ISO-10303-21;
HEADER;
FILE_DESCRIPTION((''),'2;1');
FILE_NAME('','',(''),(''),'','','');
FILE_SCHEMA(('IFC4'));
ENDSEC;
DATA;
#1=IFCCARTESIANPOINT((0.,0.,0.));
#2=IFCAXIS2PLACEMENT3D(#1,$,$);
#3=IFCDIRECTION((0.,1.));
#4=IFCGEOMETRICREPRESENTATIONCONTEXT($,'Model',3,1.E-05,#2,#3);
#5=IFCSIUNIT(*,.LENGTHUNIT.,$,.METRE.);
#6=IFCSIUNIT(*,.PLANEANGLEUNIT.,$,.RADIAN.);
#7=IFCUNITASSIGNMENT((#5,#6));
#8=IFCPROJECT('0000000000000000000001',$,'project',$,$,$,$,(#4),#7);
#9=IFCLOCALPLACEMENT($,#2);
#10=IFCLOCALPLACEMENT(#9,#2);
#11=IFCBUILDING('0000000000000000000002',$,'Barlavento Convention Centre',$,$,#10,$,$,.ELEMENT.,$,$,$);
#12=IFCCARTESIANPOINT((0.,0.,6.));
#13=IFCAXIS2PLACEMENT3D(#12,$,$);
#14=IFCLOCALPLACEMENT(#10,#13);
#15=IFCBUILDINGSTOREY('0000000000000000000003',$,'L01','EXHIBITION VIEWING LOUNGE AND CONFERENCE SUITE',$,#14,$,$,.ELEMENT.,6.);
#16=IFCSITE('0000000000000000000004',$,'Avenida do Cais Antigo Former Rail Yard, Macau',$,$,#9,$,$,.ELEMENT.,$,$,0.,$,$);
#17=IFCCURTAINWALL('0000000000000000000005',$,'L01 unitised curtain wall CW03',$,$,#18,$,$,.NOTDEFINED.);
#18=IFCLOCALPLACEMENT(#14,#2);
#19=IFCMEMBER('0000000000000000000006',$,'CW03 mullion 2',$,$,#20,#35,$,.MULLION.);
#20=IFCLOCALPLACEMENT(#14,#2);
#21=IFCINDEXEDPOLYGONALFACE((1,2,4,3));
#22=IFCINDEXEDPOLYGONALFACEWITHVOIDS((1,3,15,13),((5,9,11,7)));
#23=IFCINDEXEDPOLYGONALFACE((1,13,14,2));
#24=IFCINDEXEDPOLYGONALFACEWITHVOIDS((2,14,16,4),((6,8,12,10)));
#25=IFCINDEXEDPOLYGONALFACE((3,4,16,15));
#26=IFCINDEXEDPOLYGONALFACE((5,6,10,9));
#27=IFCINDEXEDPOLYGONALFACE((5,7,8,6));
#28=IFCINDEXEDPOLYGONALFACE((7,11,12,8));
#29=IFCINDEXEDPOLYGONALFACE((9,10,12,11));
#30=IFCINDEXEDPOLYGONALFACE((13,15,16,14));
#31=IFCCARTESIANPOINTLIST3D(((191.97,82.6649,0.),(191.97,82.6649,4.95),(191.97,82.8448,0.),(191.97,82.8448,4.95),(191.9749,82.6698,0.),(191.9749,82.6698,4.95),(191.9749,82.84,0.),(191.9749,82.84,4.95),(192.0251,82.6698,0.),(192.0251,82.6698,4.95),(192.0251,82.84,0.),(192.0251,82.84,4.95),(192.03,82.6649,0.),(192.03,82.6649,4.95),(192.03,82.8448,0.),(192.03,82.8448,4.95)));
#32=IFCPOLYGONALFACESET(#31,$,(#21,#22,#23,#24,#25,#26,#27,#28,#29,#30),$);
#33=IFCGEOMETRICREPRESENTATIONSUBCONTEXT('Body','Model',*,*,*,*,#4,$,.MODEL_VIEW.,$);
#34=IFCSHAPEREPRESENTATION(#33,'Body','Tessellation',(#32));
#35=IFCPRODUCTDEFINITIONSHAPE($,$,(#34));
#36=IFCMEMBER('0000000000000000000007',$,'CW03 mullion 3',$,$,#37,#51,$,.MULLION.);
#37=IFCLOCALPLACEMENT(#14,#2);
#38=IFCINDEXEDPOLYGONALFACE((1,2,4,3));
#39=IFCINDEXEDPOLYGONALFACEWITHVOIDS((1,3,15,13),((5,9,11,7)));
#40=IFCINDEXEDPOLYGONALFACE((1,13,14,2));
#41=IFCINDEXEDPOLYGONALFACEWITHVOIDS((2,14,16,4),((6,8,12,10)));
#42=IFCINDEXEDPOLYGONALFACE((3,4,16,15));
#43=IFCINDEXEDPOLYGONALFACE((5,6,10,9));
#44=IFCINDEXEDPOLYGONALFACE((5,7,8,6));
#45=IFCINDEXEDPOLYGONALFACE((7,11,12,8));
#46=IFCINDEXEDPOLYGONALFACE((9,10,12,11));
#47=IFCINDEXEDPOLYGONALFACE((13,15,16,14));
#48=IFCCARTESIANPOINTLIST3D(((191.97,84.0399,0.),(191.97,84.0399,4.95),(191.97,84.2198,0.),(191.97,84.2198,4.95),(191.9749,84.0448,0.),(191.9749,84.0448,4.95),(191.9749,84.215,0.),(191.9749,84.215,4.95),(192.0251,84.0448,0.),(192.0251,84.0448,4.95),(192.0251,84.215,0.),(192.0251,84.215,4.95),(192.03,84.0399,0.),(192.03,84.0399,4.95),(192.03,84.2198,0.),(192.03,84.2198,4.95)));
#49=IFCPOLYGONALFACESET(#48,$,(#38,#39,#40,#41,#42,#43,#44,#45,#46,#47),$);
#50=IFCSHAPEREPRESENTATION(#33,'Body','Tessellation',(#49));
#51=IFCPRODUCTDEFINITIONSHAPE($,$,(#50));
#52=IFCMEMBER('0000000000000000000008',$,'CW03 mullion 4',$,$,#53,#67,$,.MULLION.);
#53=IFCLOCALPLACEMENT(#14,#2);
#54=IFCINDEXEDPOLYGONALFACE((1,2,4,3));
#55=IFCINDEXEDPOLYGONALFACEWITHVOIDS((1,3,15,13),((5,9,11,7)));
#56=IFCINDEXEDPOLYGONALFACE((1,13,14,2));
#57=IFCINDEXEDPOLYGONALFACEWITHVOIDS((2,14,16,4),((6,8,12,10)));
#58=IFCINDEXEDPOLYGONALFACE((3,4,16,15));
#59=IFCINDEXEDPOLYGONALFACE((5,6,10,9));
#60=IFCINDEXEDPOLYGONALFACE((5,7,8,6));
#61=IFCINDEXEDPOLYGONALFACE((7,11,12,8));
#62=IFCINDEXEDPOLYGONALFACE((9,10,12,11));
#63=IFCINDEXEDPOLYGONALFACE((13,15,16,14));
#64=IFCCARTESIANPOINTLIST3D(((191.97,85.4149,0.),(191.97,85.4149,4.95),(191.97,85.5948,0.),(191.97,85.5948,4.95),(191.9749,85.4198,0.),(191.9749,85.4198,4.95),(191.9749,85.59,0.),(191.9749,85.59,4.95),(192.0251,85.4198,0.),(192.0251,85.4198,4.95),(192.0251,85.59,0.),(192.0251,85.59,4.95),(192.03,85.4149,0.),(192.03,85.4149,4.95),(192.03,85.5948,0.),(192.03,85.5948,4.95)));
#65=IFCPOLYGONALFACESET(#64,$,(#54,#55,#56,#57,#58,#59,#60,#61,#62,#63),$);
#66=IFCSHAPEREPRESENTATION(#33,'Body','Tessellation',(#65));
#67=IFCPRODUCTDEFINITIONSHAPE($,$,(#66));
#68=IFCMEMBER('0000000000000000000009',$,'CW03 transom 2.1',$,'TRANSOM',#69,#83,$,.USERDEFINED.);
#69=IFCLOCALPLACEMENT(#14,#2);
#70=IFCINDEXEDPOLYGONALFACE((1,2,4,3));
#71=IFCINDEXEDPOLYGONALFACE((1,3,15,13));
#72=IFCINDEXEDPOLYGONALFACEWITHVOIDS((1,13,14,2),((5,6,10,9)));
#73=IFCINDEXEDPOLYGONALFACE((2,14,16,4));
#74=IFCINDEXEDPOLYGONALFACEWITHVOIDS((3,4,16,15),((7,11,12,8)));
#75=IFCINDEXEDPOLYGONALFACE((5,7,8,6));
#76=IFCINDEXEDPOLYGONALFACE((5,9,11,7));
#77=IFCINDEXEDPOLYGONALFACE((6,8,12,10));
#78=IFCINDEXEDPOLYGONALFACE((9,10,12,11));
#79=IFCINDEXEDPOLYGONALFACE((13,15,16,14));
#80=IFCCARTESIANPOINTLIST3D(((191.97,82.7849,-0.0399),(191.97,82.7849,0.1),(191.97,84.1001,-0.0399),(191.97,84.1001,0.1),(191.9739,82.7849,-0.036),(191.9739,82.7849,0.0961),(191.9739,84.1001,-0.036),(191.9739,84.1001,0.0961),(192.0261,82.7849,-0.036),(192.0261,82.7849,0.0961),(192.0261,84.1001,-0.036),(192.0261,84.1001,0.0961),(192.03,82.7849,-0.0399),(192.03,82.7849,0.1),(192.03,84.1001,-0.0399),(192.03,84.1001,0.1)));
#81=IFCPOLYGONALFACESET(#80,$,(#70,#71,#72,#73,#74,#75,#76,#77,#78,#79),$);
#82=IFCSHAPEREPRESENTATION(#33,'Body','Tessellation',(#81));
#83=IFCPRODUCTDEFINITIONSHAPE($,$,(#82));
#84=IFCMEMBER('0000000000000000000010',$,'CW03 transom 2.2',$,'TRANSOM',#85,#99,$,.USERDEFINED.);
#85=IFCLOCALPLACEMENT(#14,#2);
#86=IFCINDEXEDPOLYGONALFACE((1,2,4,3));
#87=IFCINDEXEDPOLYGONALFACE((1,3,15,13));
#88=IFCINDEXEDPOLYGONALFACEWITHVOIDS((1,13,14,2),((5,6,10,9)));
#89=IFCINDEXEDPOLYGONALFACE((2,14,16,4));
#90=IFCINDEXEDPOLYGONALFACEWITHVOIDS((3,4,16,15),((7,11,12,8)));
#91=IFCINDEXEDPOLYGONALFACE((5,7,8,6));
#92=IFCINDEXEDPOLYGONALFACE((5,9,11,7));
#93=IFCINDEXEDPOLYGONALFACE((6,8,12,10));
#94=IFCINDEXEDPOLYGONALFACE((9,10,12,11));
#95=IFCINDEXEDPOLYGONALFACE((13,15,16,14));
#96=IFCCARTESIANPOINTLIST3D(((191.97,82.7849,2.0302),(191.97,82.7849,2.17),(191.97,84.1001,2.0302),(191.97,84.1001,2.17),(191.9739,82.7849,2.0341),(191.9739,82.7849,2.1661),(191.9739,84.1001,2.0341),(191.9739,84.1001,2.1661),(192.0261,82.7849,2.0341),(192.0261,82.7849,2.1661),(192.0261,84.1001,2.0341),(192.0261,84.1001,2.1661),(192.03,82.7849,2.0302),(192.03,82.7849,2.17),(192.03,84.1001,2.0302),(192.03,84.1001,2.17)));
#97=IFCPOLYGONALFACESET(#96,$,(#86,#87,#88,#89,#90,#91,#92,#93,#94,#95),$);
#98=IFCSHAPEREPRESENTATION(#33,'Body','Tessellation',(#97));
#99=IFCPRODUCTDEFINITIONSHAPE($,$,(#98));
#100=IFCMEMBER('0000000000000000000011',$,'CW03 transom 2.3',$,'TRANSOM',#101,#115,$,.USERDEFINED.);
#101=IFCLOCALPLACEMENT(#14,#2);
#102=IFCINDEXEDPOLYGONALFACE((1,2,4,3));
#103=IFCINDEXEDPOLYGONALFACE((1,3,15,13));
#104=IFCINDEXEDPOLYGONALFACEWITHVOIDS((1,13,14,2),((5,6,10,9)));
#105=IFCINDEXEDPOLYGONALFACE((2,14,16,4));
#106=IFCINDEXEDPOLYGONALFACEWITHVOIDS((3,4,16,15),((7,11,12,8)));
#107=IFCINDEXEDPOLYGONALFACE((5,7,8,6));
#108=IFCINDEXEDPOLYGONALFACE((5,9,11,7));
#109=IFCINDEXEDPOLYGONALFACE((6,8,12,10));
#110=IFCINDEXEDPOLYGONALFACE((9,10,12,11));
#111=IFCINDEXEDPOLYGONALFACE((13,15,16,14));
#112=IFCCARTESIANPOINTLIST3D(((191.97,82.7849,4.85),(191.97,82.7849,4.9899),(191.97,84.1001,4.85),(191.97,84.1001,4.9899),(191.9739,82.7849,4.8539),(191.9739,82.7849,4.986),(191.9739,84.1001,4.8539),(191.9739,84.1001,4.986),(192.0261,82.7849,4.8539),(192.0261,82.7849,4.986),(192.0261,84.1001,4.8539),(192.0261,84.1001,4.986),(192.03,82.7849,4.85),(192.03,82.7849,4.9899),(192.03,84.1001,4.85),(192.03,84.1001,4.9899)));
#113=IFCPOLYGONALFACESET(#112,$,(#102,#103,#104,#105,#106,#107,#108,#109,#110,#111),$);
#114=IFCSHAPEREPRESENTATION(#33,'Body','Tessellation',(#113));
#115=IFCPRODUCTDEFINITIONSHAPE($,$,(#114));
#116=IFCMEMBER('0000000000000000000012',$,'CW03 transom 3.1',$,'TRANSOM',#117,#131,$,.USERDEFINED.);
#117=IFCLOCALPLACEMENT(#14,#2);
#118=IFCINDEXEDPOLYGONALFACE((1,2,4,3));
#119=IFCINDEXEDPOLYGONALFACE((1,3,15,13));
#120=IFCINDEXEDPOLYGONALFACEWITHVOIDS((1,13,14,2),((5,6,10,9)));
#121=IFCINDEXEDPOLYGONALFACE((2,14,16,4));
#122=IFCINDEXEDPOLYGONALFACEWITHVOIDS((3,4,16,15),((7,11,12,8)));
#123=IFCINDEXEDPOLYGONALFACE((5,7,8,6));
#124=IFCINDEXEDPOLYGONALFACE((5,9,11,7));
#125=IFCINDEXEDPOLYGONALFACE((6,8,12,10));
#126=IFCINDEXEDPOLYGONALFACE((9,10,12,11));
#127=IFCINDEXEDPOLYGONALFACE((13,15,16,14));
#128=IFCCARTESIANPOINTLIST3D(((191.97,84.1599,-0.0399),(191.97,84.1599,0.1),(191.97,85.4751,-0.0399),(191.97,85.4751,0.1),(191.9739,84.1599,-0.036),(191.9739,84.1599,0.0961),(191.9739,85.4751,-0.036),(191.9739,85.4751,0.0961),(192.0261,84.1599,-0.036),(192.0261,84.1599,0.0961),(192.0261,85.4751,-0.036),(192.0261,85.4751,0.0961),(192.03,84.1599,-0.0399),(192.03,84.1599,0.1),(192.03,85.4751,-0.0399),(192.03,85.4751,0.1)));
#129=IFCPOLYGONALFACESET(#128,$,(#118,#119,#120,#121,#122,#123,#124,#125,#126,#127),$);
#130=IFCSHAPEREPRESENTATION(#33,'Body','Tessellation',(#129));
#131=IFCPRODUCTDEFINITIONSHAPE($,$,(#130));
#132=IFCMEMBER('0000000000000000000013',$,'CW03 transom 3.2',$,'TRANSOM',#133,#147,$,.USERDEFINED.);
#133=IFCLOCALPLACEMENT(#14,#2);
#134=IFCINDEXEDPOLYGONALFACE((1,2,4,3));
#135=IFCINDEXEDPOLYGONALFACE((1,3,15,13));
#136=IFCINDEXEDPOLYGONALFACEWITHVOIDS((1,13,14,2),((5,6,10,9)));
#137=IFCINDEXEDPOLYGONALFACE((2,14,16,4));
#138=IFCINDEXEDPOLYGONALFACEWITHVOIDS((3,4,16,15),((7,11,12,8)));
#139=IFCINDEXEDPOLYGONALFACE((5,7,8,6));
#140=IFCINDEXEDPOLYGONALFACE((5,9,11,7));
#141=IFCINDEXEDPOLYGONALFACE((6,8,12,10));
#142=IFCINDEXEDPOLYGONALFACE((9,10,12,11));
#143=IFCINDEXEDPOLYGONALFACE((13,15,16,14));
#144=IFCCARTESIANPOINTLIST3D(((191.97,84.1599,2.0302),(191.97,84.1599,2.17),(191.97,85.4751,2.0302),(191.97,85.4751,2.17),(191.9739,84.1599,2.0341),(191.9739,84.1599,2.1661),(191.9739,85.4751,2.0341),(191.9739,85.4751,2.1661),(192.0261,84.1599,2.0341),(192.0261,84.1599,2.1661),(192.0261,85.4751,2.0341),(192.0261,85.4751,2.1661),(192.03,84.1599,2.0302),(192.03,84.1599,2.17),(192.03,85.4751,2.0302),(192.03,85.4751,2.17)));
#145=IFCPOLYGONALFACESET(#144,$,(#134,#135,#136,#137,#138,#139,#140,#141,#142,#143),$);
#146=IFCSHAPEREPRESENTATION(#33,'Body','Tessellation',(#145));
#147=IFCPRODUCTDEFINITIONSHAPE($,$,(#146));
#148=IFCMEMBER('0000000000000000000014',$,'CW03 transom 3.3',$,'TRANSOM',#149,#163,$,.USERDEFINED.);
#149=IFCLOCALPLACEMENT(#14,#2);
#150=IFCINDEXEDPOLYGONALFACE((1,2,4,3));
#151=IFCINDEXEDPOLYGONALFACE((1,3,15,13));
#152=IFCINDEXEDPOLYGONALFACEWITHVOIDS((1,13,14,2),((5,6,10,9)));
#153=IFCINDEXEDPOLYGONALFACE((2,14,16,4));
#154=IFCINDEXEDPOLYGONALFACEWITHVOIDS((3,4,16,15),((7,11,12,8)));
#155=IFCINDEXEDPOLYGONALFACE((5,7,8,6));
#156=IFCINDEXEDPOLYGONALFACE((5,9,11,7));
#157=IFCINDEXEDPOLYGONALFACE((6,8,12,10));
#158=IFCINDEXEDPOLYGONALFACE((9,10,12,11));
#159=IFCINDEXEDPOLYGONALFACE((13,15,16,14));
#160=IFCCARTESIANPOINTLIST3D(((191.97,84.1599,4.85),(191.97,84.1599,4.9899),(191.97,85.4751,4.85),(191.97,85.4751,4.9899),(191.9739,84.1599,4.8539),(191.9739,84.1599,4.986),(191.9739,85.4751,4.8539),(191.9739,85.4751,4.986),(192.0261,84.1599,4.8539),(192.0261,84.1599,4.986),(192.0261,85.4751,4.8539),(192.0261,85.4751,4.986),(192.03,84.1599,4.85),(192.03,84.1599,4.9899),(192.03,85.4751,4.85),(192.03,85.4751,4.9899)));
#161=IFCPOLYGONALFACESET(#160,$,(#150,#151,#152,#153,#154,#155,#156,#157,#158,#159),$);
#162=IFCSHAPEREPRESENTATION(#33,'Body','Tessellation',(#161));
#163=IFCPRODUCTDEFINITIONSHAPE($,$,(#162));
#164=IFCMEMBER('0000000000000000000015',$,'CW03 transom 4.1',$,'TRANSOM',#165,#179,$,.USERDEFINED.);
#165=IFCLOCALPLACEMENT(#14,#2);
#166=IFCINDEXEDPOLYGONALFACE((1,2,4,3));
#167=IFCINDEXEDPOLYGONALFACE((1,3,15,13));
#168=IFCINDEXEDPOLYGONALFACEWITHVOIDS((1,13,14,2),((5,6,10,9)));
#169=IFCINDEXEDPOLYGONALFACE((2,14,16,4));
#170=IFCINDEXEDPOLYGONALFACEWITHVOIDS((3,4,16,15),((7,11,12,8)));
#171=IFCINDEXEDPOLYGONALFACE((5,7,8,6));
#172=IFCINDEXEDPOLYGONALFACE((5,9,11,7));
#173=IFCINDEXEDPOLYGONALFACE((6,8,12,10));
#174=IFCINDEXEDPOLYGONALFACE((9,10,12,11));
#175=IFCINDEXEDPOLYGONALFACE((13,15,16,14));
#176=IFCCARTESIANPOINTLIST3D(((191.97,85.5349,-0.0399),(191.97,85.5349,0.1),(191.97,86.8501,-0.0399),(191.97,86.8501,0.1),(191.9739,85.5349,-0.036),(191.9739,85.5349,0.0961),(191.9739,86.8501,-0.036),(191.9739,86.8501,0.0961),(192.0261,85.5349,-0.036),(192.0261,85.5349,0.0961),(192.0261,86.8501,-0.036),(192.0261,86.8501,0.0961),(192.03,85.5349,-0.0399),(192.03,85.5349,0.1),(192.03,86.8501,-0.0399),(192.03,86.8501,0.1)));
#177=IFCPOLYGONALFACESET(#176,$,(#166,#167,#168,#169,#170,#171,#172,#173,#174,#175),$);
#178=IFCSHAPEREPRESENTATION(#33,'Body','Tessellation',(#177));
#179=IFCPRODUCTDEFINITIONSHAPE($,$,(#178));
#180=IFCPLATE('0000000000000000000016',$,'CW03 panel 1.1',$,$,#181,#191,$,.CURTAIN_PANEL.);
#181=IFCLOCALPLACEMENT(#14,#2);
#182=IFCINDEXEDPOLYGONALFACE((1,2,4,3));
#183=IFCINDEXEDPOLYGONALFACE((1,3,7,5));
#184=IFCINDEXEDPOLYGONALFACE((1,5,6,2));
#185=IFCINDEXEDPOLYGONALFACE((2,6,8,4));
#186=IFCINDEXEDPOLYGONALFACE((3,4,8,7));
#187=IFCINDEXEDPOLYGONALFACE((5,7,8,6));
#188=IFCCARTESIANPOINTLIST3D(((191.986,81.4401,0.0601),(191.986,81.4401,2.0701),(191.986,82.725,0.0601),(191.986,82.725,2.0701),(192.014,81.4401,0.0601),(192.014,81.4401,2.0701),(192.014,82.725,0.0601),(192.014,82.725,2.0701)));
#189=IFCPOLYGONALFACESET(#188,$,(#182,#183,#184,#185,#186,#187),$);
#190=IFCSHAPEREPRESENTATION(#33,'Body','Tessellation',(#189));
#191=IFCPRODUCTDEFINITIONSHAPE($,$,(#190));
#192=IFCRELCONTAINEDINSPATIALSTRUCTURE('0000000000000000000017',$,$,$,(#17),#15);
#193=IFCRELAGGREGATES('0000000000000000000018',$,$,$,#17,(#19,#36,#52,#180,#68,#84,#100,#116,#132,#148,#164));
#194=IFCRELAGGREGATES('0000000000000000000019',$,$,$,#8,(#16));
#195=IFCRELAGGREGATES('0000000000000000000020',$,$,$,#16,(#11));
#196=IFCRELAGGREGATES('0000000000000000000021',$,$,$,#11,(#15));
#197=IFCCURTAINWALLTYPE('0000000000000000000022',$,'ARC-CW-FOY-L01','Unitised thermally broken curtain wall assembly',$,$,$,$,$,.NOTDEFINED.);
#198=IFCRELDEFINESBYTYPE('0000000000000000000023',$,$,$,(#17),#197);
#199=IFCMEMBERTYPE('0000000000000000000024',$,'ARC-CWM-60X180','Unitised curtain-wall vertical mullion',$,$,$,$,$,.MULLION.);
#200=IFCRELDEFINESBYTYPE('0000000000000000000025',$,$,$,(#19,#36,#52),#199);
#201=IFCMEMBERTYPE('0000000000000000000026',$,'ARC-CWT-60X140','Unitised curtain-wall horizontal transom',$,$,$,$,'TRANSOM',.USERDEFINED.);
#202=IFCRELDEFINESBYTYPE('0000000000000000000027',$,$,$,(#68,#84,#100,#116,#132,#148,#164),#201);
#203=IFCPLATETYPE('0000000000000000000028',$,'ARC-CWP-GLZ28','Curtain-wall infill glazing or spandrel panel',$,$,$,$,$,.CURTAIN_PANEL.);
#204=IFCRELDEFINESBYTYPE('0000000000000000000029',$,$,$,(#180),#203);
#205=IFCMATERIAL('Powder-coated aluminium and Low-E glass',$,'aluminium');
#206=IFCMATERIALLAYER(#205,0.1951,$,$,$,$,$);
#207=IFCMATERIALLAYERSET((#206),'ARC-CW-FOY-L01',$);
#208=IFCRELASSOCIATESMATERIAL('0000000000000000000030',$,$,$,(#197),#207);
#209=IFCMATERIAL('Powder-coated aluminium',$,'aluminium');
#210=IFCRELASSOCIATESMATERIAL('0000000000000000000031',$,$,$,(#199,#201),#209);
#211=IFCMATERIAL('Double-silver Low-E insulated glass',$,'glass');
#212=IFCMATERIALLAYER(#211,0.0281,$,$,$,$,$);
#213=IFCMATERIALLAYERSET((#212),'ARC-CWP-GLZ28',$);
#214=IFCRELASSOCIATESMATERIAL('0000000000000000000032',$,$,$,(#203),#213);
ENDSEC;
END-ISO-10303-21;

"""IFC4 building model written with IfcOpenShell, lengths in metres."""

from ifc_helpers import new_model, si_unit, direction, frame, origin, origin_2d, place, context, subcontext, project, spatial, rectangle, hollow_rectangle, extrude, material, layer, layer_set, material_profile, profile_set, type_object, element, aggregate, save


model = new_model("IFC4")

# Units and contexts
model_context = context("Model", 3, precision=1e-05, world=origin(), true_north=direction((0.0, 1.0)))
body_context = subcontext(model_context, "Body", "Model", "MODEL_VIEW")
ifc_project = project(units=[si_unit("LENGTHUNIT", "METRE"), si_unit("PLANEANGLEUNIT", "RADIAN")], contexts=[model_context])

# Site, building, storey
site_placement = place(None, origin())
site = spatial("IfcSite", under=ifc_project, at=site_placement, Name="Avenida do Cais Antigo Former Rail Yard, Macau", CompositionType="ELEMENT", RefElevation=0.0)
building_placement = place(site_placement, origin())
building = spatial("IfcBuilding", under=site, at=building_placement, Name="Barlavento Convention Centre", CompositionType="ELEMENT")
storey_placement = place(building_placement, frame((0.0, 0.0, 6.0)))
storey = spatial("IfcBuildingStorey", under=building, at=storey_placement, Name="L01", Description="EXHIBITION VIEWING LOUNGE AND CONFERENCE SUITE", CompositionType="ELEMENT", Elevation=6.0)

# Curtain wall, members, plate
ifc_material_1 = material(Name="Powder-coated aluminium and Low-E glass", Category="aluminium")
ifc_layer_1 = layer(ifc_material_1, 0.1951)
ifc_layer_set_1 = layer_set([ifc_layer_1], Name="ARC-CW-FOY-L01")
curtain_wall_type = type_object("IfcCurtainWallType", Name="ARC-CW-FOY-L01", Description="Unitised thermally broken curtain wall assembly", PredefinedType="NOTDEFINED", material=ifc_layer_set_1)
curtain_wall_placement = place(storey_placement, origin())
curtain_wall = element("IfcCurtainWall", 1, at=curtain_wall_placement, inside=storey, type_object=curtain_wall_type, Name="L01 unitised curtain wall CW03", PredefinedType="NOTDEFINED")
ifc_material_2 = material(Name="Powder-coated aluminium", Category="aluminium")
ifc_material_profile_1 = material_profile(ifc_material_2, hollow_rectangle(XDim=0.0601, YDim=0.1799, WallThickness=0.0049, at=origin_2d()), Name="AL-MULL 60x180x5")
ifc_profile_set_1 = profile_set([ifc_material_profile_1], Name="Powder-coated aluminium")
member_type_1 = type_object("IfcMemberType", Name="ARC-CWM-60X180", Description="Unitised curtain-wall vertical mullion", PredefinedType="MULLION", material=ifc_profile_set_1)
member_1_placement = place(storey_placement, frame((192.0, 82.7549, 0.0), z_axis=(0.0, 0.0, 1.0), x_axis=(-1.0, 0.0, 0.0)))
member_1 = element("IfcMember", 2, at=member_1_placement, type_object=member_type_1, Name="CW03 mullion 2", PredefinedType="MULLION", context=body_context, shape_type="SweptSolid", body=[
    extrude(hollow_rectangle(XDim=0.0601, YDim=0.1799, WallThickness=0.0049, at=origin_2d()), origin(), (0.0, 0.0, 1.0), 4.95),
])
member_2_placement = place(storey_placement, frame((192.0, 84.1299, 0.0), z_axis=(0.0, 0.0, 1.0), x_axis=(-1.0, 0.0, 0.0)))
member_2 = element("IfcMember", 3, at=member_2_placement, type_object=member_type_1, Name="CW03 mullion 3", PredefinedType="MULLION", context=body_context, shape_type="SweptSolid", body=[
    extrude(hollow_rectangle(XDim=0.0601, YDim=0.1799, WallThickness=0.0049, at=origin_2d()), origin(), (0.0, 0.0, 1.0), 4.95),
])
member_3_placement = place(storey_placement, frame((192.0, 85.5049, 0.0), z_axis=(0.0, 0.0, 1.0), x_axis=(-1.0, 0.0, 0.0)))
member_3 = element("IfcMember", 4, at=member_3_placement, type_object=member_type_1, Name="CW03 mullion 4", PredefinedType="MULLION", context=body_context, shape_type="SweptSolid", body=[
    extrude(hollow_rectangle(XDim=0.0601, YDim=0.1799, WallThickness=0.0049, at=origin_2d()), origin(), (0.0, 0.0, 1.0), 4.95),
])
ifc_material_profile_2 = material_profile(ifc_material_2, hollow_rectangle(XDim=0.0601, YDim=0.1399, WallThickness=0.0039, at=origin_2d()), Name="AL-TRAN 60x140x4")
ifc_profile_set_2 = profile_set([ifc_material_profile_2], Name="Powder-coated aluminium")
member_type_2 = type_object("IfcMemberType", Name="ARC-CWT-60X140", Description="Unitised curtain-wall horizontal transom", ElementType="TRANSOM", PredefinedType="USERDEFINED", material=ifc_profile_set_2)
member_4_placement = place(storey_placement, frame((192.0, 82.7849, 0.03), z_axis=(0.0, 1.0, 0.0), x_axis=(-1.0, 0.0, 0.0)))
member_4 = element("IfcMember", 5, at=member_4_placement, type_object=member_type_2, Name="CW03 transom 2.1", ObjectType="TRANSOM", PredefinedType="USERDEFINED", context=body_context, shape_type="SweptSolid", body=[
    extrude(hollow_rectangle(XDim=0.0601, YDim=0.1399, WallThickness=0.0039, at=origin_2d()), origin(), (0.0, 0.0, 1.0), 1.3152),
])
member_5_placement = place(storey_placement, frame((192.0, 82.7849, 2.1001), z_axis=(0.0, 1.0, 0.0), x_axis=(-1.0, 0.0, 0.0)))
member_5 = element("IfcMember", 6, at=member_5_placement, type_object=member_type_2, Name="CW03 transom 2.2", ObjectType="TRANSOM", PredefinedType="USERDEFINED", context=body_context, shape_type="SweptSolid", body=[
    extrude(hollow_rectangle(XDim=0.0601, YDim=0.1399, WallThickness=0.0039, at=origin_2d()), origin(), (0.0, 0.0, 1.0), 1.3152),
])
member_6_placement = place(storey_placement, frame((192.0, 82.7849, 4.9199), z_axis=(0.0, 1.0, 0.0), x_axis=(-1.0, 0.0, 0.0)))
member_6 = element("IfcMember", 7, at=member_6_placement, type_object=member_type_2, Name="CW03 transom 2.3", ObjectType="TRANSOM", PredefinedType="USERDEFINED", context=body_context, shape_type="SweptSolid", body=[
    extrude(hollow_rectangle(XDim=0.0601, YDim=0.1399, WallThickness=0.0039, at=origin_2d()), origin(), (0.0, 0.0, 1.0), 1.3152),
])
member_7_placement = place(storey_placement, frame((192.0, 84.1599, 0.03), z_axis=(0.0, 1.0, 0.0), x_axis=(-1.0, 0.0, 0.0)))
member_7 = element("IfcMember", 8, at=member_7_placement, type_object=member_type_2, Name="CW03 transom 3.1", ObjectType="TRANSOM", PredefinedType="USERDEFINED", context=body_context, shape_type="SweptSolid", body=[
    extrude(hollow_rectangle(XDim=0.0601, YDim=0.1399, WallThickness=0.0039, at=origin_2d()), origin(), (0.0, 0.0, 1.0), 1.3152),
])
member_8_placement = place(storey_placement, frame((192.0, 84.1599, 2.1001), z_axis=(0.0, 1.0, 0.0), x_axis=(-1.0, 0.0, 0.0)))
member_8 = element("IfcMember", 9, at=member_8_placement, type_object=member_type_2, Name="CW03 transom 3.2", ObjectType="TRANSOM", PredefinedType="USERDEFINED", context=body_context, shape_type="SweptSolid", body=[
    extrude(hollow_rectangle(XDim=0.0601, YDim=0.1399, WallThickness=0.0039, at=origin_2d()), origin(), (0.0, 0.0, 1.0), 1.3152),
])
member_9_placement = place(storey_placement, frame((192.0, 84.1599, 4.9199), z_axis=(0.0, 1.0, 0.0), x_axis=(-1.0, 0.0, 0.0)))
member_9 = element("IfcMember", 10, at=member_9_placement, type_object=member_type_2, Name="CW03 transom 3.3", ObjectType="TRANSOM", PredefinedType="USERDEFINED", context=body_context, shape_type="SweptSolid", body=[
    extrude(hollow_rectangle(XDim=0.0601, YDim=0.1399, WallThickness=0.0039, at=origin_2d()), origin(), (0.0, 0.0, 1.0), 1.3152),
])
member_10_placement = place(storey_placement, frame((192.0, 85.5349, 0.03), z_axis=(0.0, 1.0, 0.0), x_axis=(-1.0, 0.0, 0.0)))
member_10 = element("IfcMember", 11, at=member_10_placement, type_object=member_type_2, Name="CW03 transom 4.1", ObjectType="TRANSOM", PredefinedType="USERDEFINED", context=body_context, shape_type="SweptSolid", body=[
    extrude(hollow_rectangle(XDim=0.0601, YDim=0.1399, WallThickness=0.0039, at=origin_2d()), origin(), (0.0, 0.0, 1.0), 1.3152),
])
ifc_material_3 = material(Name="Double-silver Low-E insulated glass", Category="glass")
ifc_layer_2 = layer(ifc_material_3, 0.0281)
ifc_layer_set_2 = layer_set([ifc_layer_2], Name="ARC-CWP-GLZ28")
plate_type = type_object("IfcPlateType", Name="ARC-CWP-GLZ28", Description="Curtain-wall infill glazing or spandrel panel", PredefinedType="CURTAIN_PANEL", material=ifc_layer_set_2)
plate_1_placement = place(storey_placement, frame((192.0, 82.0825, 0.0601), z_axis=(0.0, 0.0, 1.0), x_axis=(0.0, 1.0, 0.0)))
plate_1 = element("IfcPlate", 12, at=plate_1_placement, type_object=plate_type, Name="CW03 panel 1.1", PredefinedType="CURTAIN_PANEL", context=body_context, shape_type="SweptSolid", body=[
    extrude(rectangle(XDim=1.2849, YDim=0.0281, at=origin_2d()), origin(), (0.0, 0.0, 1.0), 2.01),
])
aggregate(curtain_wall, [member_1, member_2, member_3, plate_1, member_4, member_5, member_6, member_7, member_8, member_9, member_10])

save(model, "model.ifc")
